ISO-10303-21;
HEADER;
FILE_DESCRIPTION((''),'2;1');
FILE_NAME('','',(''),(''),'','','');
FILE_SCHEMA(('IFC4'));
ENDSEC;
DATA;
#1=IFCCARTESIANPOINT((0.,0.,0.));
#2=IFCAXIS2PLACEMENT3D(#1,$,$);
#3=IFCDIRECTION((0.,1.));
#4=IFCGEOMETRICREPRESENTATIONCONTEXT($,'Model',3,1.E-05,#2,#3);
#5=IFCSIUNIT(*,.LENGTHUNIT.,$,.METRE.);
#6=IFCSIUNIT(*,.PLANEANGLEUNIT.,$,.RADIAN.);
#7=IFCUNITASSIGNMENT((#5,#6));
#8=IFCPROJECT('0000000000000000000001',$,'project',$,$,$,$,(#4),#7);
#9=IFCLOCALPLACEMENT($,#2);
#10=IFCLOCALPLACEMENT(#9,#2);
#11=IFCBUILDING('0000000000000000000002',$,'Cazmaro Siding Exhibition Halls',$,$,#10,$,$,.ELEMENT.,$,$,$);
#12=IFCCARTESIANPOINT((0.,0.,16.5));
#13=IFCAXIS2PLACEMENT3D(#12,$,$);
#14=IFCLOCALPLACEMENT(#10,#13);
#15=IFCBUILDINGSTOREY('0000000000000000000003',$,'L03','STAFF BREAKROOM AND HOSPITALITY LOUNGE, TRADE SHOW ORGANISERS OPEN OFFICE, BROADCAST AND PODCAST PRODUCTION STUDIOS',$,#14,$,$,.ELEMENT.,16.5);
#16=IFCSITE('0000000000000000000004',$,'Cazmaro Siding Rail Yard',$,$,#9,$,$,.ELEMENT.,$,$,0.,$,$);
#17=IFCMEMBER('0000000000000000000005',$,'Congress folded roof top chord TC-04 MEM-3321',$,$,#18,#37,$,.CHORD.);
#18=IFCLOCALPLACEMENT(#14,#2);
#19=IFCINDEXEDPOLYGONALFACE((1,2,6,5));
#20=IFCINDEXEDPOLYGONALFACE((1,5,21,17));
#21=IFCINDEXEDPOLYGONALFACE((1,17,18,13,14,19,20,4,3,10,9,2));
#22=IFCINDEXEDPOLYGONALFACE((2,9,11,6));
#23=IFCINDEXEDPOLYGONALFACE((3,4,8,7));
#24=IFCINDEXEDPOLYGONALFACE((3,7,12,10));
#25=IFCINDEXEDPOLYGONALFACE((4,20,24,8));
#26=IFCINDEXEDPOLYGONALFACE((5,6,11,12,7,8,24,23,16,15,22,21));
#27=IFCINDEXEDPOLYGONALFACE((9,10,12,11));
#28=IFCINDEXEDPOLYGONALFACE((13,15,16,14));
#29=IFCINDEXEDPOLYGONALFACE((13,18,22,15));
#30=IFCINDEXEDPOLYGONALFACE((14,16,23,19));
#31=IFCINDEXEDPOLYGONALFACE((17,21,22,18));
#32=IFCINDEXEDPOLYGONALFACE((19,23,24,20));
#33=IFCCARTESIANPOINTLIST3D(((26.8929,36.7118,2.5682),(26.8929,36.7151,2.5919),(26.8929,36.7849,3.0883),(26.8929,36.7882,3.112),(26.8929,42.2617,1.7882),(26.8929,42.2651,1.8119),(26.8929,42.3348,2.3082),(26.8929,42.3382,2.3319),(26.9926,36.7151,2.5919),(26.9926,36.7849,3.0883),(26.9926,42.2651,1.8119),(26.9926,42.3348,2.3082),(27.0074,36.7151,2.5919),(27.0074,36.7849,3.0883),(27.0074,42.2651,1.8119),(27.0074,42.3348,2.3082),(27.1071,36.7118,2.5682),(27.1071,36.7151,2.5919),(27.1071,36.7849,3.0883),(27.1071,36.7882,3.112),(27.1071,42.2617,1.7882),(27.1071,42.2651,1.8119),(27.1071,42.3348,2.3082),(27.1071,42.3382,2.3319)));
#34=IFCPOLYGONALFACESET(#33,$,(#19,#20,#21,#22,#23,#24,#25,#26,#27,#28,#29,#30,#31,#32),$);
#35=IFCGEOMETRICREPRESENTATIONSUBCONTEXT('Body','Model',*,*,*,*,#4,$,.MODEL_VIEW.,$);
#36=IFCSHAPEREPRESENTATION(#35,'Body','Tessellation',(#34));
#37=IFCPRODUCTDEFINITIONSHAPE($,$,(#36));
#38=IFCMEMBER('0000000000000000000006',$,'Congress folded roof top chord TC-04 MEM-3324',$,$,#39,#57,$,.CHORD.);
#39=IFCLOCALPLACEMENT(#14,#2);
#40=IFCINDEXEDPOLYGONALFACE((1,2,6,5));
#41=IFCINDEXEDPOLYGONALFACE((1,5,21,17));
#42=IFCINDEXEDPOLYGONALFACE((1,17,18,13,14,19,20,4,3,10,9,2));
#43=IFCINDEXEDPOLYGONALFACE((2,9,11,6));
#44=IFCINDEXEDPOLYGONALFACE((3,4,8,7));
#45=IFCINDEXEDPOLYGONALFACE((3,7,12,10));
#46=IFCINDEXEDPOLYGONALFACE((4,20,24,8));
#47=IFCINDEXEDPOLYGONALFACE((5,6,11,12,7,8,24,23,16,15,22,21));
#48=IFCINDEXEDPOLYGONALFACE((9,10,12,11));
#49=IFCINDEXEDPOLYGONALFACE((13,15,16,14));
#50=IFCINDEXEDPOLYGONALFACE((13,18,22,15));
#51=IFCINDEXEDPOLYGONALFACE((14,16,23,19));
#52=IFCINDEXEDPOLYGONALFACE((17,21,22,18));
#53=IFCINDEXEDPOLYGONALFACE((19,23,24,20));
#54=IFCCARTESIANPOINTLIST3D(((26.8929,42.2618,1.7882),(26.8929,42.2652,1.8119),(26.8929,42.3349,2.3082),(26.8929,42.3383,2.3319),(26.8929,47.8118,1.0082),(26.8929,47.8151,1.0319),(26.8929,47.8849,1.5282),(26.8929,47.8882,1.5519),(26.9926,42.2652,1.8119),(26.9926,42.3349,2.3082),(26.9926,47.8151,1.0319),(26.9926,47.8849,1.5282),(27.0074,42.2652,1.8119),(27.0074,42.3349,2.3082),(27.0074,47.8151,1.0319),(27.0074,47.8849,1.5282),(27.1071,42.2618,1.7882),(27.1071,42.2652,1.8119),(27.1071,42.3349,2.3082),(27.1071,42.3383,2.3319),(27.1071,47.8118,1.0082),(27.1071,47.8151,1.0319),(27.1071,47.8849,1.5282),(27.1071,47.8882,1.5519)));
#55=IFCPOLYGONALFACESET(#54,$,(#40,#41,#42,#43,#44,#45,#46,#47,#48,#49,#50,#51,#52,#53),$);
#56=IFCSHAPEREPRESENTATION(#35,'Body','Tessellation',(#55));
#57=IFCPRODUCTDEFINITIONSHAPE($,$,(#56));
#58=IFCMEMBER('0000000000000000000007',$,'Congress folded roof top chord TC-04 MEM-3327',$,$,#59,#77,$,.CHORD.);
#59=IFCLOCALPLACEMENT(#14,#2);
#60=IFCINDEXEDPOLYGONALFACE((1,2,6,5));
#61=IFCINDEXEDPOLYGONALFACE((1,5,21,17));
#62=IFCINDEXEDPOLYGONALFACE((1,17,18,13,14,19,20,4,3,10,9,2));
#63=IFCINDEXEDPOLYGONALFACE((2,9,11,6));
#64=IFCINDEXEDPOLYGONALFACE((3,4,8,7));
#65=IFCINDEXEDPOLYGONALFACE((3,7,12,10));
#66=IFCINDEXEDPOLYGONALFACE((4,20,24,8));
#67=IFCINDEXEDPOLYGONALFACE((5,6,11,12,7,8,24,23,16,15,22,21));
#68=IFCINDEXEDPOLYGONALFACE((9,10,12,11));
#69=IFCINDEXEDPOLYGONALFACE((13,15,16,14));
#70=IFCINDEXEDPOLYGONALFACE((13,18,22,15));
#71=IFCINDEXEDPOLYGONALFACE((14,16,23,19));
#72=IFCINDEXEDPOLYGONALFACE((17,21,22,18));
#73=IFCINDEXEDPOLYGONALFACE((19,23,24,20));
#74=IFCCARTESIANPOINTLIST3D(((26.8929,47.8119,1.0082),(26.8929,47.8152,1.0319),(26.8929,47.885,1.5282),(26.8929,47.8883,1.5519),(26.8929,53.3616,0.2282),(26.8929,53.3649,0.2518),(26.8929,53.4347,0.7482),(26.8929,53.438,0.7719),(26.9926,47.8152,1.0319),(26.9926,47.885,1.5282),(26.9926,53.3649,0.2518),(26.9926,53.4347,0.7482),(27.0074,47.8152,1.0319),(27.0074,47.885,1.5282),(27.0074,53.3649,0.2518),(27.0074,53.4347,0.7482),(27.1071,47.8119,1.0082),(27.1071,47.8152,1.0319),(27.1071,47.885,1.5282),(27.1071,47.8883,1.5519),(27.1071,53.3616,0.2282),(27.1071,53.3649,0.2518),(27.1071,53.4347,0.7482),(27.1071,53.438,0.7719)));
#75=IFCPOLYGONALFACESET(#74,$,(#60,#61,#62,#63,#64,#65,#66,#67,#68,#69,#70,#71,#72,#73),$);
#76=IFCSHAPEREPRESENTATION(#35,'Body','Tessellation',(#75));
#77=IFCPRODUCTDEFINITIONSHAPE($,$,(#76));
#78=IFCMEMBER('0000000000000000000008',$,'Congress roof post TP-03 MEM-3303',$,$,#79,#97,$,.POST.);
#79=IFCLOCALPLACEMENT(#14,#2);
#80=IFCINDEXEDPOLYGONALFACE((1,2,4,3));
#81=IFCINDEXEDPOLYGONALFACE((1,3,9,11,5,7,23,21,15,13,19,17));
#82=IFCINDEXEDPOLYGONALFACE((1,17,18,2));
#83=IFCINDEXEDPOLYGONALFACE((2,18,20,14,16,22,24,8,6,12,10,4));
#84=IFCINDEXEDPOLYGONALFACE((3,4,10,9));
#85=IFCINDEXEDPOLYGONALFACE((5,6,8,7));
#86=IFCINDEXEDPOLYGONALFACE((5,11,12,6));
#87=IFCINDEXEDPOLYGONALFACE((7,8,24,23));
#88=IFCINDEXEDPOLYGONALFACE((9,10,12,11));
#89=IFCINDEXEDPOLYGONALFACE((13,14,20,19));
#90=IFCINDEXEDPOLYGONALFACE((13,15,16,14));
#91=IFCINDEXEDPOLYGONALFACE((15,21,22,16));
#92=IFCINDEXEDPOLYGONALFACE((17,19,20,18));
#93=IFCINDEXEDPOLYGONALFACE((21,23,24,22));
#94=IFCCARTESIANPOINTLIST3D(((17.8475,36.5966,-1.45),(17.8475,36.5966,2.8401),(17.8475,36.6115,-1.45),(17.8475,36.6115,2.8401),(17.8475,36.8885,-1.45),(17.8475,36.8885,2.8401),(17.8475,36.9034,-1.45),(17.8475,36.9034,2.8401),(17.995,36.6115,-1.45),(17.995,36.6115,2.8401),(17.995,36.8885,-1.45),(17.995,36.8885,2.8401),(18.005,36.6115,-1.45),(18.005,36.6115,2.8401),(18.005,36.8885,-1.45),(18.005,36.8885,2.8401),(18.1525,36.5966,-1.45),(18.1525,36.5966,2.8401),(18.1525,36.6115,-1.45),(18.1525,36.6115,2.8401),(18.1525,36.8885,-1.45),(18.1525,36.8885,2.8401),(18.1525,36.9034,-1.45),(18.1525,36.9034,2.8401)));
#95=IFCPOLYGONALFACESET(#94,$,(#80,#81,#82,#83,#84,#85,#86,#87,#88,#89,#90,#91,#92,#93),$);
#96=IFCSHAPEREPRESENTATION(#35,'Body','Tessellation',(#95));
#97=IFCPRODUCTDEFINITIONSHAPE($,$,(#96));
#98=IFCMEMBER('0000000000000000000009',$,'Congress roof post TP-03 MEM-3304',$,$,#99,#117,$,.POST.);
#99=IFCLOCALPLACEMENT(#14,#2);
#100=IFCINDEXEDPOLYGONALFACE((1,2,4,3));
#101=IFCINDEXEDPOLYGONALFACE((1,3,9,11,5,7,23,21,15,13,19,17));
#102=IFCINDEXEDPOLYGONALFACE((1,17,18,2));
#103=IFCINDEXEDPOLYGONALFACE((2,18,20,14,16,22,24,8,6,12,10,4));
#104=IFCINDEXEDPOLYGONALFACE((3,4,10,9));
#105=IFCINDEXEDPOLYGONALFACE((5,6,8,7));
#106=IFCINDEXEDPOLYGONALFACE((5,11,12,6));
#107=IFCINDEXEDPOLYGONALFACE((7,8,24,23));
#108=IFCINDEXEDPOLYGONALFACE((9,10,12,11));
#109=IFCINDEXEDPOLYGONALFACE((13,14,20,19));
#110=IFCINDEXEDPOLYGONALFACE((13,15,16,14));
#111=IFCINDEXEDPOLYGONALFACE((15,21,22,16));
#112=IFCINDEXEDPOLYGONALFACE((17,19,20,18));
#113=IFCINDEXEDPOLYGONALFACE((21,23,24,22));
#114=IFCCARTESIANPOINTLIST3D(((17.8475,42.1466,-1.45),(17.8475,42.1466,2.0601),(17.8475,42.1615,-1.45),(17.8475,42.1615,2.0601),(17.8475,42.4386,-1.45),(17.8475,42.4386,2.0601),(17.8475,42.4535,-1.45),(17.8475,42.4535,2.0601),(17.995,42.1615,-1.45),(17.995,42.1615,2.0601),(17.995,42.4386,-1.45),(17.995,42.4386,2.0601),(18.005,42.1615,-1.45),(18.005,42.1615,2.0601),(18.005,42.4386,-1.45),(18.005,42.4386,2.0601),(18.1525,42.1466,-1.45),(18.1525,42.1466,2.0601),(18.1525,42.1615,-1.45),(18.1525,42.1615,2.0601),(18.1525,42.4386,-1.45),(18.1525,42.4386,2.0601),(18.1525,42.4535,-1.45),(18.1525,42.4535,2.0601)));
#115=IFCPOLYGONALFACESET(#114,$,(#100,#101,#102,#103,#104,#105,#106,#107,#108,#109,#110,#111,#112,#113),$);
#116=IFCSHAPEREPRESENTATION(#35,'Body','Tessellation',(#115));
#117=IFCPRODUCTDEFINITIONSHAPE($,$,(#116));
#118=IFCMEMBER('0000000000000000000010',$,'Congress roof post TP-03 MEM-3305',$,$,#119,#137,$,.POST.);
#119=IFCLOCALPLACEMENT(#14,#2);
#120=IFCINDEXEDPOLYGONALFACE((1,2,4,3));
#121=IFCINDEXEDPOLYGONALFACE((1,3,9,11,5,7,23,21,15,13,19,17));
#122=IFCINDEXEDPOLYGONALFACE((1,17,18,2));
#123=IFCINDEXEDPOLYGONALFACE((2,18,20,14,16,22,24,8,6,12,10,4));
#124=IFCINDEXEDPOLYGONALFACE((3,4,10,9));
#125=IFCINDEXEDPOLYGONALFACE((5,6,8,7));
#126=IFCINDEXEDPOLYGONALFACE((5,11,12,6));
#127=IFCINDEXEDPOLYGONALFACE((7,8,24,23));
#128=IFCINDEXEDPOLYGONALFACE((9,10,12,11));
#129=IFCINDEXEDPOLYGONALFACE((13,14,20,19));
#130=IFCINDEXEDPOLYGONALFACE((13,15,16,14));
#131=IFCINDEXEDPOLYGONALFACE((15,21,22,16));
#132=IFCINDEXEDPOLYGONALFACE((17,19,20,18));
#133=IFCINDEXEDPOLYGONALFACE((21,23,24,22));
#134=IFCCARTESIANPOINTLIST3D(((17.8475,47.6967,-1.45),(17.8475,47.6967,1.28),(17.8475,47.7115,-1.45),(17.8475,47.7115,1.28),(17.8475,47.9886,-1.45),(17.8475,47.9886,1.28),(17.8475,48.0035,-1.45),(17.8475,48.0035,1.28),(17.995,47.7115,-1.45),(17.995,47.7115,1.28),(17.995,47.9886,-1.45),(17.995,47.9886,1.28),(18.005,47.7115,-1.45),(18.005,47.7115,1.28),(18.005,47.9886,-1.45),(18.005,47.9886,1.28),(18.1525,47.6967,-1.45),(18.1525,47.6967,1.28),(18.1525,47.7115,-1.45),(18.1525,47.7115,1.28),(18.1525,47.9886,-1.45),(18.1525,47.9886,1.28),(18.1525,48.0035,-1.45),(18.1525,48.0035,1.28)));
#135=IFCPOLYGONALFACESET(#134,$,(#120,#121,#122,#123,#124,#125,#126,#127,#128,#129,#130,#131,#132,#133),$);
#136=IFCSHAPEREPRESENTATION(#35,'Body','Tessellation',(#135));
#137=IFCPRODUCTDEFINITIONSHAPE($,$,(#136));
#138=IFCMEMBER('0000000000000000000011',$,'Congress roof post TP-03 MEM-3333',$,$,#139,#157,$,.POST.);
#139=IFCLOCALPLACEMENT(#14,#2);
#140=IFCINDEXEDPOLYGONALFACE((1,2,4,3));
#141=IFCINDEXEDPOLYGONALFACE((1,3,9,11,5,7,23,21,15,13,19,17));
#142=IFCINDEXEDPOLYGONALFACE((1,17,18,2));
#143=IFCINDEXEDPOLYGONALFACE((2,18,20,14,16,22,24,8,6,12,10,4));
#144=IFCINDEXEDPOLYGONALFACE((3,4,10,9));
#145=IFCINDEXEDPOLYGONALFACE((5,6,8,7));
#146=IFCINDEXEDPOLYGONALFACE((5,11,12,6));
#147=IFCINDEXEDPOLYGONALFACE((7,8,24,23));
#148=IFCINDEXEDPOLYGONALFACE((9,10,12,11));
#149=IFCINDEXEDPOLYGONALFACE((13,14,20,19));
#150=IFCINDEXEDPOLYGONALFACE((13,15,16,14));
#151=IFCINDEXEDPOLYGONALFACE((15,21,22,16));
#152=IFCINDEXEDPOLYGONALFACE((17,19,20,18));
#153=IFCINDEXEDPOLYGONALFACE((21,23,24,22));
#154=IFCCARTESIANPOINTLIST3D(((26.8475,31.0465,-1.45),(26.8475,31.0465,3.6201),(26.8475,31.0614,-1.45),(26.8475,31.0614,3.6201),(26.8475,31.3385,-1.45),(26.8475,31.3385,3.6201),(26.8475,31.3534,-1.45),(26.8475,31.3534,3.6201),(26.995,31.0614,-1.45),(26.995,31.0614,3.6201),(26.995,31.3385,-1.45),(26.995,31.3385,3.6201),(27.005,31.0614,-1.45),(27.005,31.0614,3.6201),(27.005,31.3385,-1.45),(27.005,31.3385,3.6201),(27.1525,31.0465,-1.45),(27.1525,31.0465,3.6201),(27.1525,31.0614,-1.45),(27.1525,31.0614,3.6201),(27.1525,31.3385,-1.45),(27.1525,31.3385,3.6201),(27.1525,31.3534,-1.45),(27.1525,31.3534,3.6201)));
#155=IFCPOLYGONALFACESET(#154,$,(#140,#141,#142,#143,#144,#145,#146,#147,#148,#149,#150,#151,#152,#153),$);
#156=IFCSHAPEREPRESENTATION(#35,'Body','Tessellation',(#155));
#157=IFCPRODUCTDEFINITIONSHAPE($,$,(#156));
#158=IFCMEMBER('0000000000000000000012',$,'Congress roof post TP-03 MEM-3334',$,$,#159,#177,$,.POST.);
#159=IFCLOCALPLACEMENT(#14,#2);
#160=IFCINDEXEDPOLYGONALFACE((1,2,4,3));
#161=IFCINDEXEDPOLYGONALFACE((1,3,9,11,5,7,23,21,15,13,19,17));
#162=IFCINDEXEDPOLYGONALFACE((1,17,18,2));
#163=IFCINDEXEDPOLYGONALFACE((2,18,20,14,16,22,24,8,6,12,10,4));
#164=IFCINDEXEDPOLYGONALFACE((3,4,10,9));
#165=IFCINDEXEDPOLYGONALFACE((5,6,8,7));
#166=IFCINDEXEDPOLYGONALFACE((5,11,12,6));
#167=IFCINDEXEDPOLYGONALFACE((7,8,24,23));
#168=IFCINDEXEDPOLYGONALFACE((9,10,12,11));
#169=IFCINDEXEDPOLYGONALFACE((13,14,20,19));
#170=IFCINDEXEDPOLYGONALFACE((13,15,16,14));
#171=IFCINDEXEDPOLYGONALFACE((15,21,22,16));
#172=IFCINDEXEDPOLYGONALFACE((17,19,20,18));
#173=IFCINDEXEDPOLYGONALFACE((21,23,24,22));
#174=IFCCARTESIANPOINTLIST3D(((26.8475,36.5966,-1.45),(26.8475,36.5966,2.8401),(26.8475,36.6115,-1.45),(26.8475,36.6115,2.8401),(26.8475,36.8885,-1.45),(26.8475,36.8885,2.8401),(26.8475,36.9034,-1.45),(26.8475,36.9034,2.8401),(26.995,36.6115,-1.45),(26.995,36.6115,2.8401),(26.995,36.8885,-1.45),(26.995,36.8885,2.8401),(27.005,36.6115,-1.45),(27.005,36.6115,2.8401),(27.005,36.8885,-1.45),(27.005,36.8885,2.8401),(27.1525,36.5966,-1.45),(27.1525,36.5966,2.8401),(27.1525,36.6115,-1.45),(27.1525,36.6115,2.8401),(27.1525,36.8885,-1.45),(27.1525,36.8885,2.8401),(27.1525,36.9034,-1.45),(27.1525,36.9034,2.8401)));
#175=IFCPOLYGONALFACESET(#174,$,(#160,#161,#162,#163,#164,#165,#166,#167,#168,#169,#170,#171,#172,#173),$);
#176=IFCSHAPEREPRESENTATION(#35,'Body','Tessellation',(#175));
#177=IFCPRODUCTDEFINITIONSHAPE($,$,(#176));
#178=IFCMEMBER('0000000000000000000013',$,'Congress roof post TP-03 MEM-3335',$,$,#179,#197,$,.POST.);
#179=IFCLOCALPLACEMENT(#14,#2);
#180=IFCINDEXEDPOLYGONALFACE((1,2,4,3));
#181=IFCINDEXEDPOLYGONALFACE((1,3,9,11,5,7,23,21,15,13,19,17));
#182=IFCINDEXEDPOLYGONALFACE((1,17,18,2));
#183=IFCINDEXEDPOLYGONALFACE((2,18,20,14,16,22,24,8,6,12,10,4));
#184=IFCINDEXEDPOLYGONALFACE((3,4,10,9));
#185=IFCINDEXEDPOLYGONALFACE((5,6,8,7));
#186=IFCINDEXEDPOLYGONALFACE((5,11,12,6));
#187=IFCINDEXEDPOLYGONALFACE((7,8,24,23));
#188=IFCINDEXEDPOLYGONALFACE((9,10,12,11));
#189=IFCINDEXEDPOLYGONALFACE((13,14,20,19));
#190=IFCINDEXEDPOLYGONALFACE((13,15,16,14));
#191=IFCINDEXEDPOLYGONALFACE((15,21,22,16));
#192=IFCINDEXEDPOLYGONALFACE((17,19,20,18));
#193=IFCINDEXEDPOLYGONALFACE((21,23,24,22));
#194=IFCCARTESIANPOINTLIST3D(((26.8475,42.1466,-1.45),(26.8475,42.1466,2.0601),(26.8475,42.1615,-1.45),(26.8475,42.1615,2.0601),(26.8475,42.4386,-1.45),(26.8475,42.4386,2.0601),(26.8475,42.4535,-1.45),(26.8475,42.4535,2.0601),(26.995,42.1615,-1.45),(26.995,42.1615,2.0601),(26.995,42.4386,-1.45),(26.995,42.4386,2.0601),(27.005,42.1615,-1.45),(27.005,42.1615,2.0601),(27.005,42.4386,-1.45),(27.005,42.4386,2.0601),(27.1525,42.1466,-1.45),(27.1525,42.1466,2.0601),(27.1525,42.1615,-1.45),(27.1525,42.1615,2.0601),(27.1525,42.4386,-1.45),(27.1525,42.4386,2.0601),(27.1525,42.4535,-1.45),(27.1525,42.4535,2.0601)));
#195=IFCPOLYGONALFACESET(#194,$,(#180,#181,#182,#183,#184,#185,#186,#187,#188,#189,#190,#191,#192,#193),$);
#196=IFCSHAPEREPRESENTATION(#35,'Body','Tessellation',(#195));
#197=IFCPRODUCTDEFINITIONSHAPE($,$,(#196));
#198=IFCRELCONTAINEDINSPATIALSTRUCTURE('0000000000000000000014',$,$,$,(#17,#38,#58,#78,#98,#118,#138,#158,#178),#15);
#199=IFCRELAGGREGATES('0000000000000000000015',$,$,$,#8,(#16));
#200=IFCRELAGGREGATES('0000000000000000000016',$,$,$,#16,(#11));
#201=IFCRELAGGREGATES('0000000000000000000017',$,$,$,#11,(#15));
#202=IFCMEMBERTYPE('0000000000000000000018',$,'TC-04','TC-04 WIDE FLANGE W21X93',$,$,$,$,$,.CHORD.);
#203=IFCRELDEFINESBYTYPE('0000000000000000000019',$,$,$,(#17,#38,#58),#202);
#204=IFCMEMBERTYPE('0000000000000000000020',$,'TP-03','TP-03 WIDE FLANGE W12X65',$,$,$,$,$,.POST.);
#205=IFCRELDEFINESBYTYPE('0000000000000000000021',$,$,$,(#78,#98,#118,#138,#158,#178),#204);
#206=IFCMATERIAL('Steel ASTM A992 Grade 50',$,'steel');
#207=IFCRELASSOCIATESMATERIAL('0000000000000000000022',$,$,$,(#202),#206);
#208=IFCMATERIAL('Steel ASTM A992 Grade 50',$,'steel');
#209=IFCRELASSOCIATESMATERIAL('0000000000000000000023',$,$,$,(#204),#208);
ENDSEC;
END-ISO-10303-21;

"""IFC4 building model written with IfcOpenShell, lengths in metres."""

from ifc_helpers import new_model, si_unit, direction, frame, origin, origin_2d, place, context, subcontext, project, spatial, i_section, extrude, material, material_profile, profile_set, type_object, element, save


model = new_model("IFC4")

# Units and contexts
model_context = context("Model", 3, precision=1e-05, world=origin(), true_north=direction((0.0, 1.0)))
body_context = subcontext(model_context, "Body", "Model", "MODEL_VIEW")
ifc_project = project(units=[si_unit("LENGTHUNIT", "METRE"), si_unit("PLANEANGLEUNIT", "RADIAN")], contexts=[model_context])

# Site, building, storey
site_placement = place(None, origin())
site = spatial("IfcSite", under=ifc_project, at=site_placement, Name="Cazmaro Siding Rail Yard", CompositionType="ELEMENT", RefElevation=0.0)
building_placement = place(site_placement, origin())
building = spatial("IfcBuilding", under=site, at=building_placement, Name="Cazmaro Siding Exhibition Halls", CompositionType="ELEMENT")
storey_placement = place(building_placement, frame((0.0, 0.0, 16.5)))
storey = spatial("IfcBuildingStorey", under=building, at=storey_placement, Name="L03", Description="STAFF BREAKROOM AND HOSPITALITY LOUNGE, TRADE SHOW ORGANISERS OPEN OFFICE, BROADCAST AND PODCAST PRODUCTION STUDIOS", CompositionType="ELEMENT", Elevation=16.5)

# Members
ifc_material_1 = material(Name="Steel ASTM A992 Grade 50", Category="steel")
ifc_material_profile_1 = material_profile(ifc_material_1, i_section(OverallWidth=0.2141, OverallDepth=0.5491, WebThickness=0.0149, FlangeThickness=0.0239, at=origin_2d()), Name="W21X93")
ifc_profile_set_1 = profile_set([ifc_material_profile_1], Name="Steel ASTM A992 Grade 50")
member_type_1 = type_object("IfcMemberType", Name="TC-04", Description="TC-04 WIDE FLANGE W21X93", PredefinedType="CHORD", material=ifc_profile_set_1)
for number, where, z_axis, x_axis, name in (
    (1, (27.0, 36.75, 2.8401), (0.0, 0.990268, -0.139177), (-1.0, 0.0, 0.0), "Congress folded roof top chord TC-04 MEM-3321"),
    (2, (27.0, 42.3, 2.0601), (0.0, 0.990268, -0.139177), (-1.0, 0.0, 0.0), "Congress folded roof top chord TC-04 MEM-3324"),
):
    element("IfcMember", number, at=place(storey_placement, frame(where, z_axis=z_axis, x_axis=x_axis)), inside=storey, type_object=member_type_1, Name=name, PredefinedType="CHORD", context=body_context, shape_type="SweptSolid", body=[
        extrude(i_section(OverallWidth=0.2141, OverallDepth=0.5491, WebThickness=0.0149, FlangeThickness=0.0239, at=origin_2d()), origin(), (0.0, 0.0, 1.0), 5.6045),
    ])
member_1_placement = place(storey_placement, frame((27.0, 47.8501, 1.28), z_axis=(0.0, 0.990267, -0.139183), x_axis=(-1.0, 0.0, 0.0)))
element("IfcMember", 3, at=member_1_placement, inside=storey, type_object=member_type_1, Name="Congress folded roof top chord TC-04 MEM-3327", PredefinedType="CHORD", context=body_context, shape_type="SweptSolid", body=[
    extrude(i_section(OverallWidth=0.2141, OverallDepth=0.5491, WebThickness=0.0149, FlangeThickness=0.0239, at=origin_2d()), origin(), (0.0, 0.0, 1.0), 5.6042),
])
ifc_material_2 = material(Name="Steel ASTM A992 Grade 50", Category="steel")
ifc_material_profile_2 = material_profile(ifc_material_2, i_section(OverallWidth=0.3049, OverallDepth=0.3069, WebThickness=0.01, FlangeThickness=0.0149, at=origin_2d()), Name="W12X65")
ifc_profile_set_2 = profile_set([ifc_material_profile_2], Name="Steel ASTM A992 Grade 50")
member_type_2 = type_object("IfcMemberType", Name="TP-03", Description="TP-03 WIDE FLANGE W12X65", PredefinedType="POST", material=ifc_profile_set_2)
member_2_placement = place(storey_placement, frame((18.0, 36.75, -1.45), z_axis=(0.0, 0.0, 1.0), x_axis=(1.0, 0.0, 0.0)))
element("IfcMember", 4, at=member_2_placement, inside=storey, type_object=member_type_2, Name="Congress roof post TP-03 MEM-3303", PredefinedType="POST", context=body_context, shape_type="SweptSolid", body=[
    extrude(i_section(OverallWidth=0.3049, OverallDepth=0.3069, WebThickness=0.01, FlangeThickness=0.0149, at=origin_2d()), origin(), (0.0, 0.0, 1.0), 4.29),
])
member_3_placement = place(storey_placement, frame((18.0, 42.3, -1.45), z_axis=(0.0, 0.0, 1.0), x_axis=(1.0, 0.0, 0.0)))
element("IfcMember", 5, at=member_3_placement, inside=storey, type_object=member_type_2, Name="Congress roof post TP-03 MEM-3304", PredefinedType="POST", context=body_context, shape_type="SweptSolid", body=[
    extrude(i_section(OverallWidth=0.3049, OverallDepth=0.3069, WebThickness=0.01, FlangeThickness=0.0149, at=origin_2d()), origin(), (0.0, 0.0, 1.0), 3.51),
])
member_4_placement = place(storey_placement, frame((18.0, 47.8501, -1.45), z_axis=(0.0, 0.0, 1.0), x_axis=(1.0, 0.0, 0.0)))
element("IfcMember", 6, at=member_4_placement, inside=storey, type_object=member_type_2, Name="Congress roof post TP-03 MEM-3305", PredefinedType="POST", context=body_context, shape_type="SweptSolid", body=[
    extrude(i_section(OverallWidth=0.3049, OverallDepth=0.3069, WebThickness=0.01, FlangeThickness=0.0149, at=origin_2d()), origin(), (0.0, 0.0, 1.0), 2.73),
])
member_5_placement = place(storey_placement, frame((27.0, 31.2, -1.45), z_axis=(0.0, 0.0, 1.0), x_axis=(1.0, 0.0, 0.0)))
element("IfcMember", 7, at=member_5_placement, inside=storey, type_object=member_type_2, Name="Congress roof post TP-03 MEM-3333", PredefinedType="POST", context=body_context, shape_type="SweptSolid", body=[
    extrude(i_section(OverallWidth=0.3049, OverallDepth=0.3069, WebThickness=0.01, FlangeThickness=0.0149, at=origin_2d()), origin(), (0.0, 0.0, 1.0), 5.0701),
])
member_6_placement = place(storey_placement, frame((27.0, 36.75, -1.45), z_axis=(0.0, 0.0, 1.0), x_axis=(1.0, 0.0, 0.0)))
element("IfcMember", 8, at=member_6_placement, inside=storey, type_object=member_type_2, Name="Congress roof post TP-03 MEM-3334", PredefinedType="POST", context=body_context, shape_type="SweptSolid", body=[
    extrude(i_section(OverallWidth=0.3049, OverallDepth=0.3069, WebThickness=0.01, FlangeThickness=0.0149, at=origin_2d()), origin(), (0.0, 0.0, 1.0), 4.29),
])
member_7_placement = place(storey_placement, frame((27.0, 42.3, -1.45), z_axis=(0.0, 0.0, 1.0), x_axis=(1.0, 0.0, 0.0)))
element("IfcMember", 9, at=member_7_placement, inside=storey, type_object=member_type_2, Name="Congress roof post TP-03 MEM-3335", PredefinedType="POST", context=body_context, shape_type="SweptSolid", body=[
    extrude(i_section(OverallWidth=0.3049, OverallDepth=0.3069, WebThickness=0.01, FlangeThickness=0.0149, at=origin_2d()), origin(), (0.0, 0.0, 1.0), 3.51),
])

save(model, "model.ifc")
